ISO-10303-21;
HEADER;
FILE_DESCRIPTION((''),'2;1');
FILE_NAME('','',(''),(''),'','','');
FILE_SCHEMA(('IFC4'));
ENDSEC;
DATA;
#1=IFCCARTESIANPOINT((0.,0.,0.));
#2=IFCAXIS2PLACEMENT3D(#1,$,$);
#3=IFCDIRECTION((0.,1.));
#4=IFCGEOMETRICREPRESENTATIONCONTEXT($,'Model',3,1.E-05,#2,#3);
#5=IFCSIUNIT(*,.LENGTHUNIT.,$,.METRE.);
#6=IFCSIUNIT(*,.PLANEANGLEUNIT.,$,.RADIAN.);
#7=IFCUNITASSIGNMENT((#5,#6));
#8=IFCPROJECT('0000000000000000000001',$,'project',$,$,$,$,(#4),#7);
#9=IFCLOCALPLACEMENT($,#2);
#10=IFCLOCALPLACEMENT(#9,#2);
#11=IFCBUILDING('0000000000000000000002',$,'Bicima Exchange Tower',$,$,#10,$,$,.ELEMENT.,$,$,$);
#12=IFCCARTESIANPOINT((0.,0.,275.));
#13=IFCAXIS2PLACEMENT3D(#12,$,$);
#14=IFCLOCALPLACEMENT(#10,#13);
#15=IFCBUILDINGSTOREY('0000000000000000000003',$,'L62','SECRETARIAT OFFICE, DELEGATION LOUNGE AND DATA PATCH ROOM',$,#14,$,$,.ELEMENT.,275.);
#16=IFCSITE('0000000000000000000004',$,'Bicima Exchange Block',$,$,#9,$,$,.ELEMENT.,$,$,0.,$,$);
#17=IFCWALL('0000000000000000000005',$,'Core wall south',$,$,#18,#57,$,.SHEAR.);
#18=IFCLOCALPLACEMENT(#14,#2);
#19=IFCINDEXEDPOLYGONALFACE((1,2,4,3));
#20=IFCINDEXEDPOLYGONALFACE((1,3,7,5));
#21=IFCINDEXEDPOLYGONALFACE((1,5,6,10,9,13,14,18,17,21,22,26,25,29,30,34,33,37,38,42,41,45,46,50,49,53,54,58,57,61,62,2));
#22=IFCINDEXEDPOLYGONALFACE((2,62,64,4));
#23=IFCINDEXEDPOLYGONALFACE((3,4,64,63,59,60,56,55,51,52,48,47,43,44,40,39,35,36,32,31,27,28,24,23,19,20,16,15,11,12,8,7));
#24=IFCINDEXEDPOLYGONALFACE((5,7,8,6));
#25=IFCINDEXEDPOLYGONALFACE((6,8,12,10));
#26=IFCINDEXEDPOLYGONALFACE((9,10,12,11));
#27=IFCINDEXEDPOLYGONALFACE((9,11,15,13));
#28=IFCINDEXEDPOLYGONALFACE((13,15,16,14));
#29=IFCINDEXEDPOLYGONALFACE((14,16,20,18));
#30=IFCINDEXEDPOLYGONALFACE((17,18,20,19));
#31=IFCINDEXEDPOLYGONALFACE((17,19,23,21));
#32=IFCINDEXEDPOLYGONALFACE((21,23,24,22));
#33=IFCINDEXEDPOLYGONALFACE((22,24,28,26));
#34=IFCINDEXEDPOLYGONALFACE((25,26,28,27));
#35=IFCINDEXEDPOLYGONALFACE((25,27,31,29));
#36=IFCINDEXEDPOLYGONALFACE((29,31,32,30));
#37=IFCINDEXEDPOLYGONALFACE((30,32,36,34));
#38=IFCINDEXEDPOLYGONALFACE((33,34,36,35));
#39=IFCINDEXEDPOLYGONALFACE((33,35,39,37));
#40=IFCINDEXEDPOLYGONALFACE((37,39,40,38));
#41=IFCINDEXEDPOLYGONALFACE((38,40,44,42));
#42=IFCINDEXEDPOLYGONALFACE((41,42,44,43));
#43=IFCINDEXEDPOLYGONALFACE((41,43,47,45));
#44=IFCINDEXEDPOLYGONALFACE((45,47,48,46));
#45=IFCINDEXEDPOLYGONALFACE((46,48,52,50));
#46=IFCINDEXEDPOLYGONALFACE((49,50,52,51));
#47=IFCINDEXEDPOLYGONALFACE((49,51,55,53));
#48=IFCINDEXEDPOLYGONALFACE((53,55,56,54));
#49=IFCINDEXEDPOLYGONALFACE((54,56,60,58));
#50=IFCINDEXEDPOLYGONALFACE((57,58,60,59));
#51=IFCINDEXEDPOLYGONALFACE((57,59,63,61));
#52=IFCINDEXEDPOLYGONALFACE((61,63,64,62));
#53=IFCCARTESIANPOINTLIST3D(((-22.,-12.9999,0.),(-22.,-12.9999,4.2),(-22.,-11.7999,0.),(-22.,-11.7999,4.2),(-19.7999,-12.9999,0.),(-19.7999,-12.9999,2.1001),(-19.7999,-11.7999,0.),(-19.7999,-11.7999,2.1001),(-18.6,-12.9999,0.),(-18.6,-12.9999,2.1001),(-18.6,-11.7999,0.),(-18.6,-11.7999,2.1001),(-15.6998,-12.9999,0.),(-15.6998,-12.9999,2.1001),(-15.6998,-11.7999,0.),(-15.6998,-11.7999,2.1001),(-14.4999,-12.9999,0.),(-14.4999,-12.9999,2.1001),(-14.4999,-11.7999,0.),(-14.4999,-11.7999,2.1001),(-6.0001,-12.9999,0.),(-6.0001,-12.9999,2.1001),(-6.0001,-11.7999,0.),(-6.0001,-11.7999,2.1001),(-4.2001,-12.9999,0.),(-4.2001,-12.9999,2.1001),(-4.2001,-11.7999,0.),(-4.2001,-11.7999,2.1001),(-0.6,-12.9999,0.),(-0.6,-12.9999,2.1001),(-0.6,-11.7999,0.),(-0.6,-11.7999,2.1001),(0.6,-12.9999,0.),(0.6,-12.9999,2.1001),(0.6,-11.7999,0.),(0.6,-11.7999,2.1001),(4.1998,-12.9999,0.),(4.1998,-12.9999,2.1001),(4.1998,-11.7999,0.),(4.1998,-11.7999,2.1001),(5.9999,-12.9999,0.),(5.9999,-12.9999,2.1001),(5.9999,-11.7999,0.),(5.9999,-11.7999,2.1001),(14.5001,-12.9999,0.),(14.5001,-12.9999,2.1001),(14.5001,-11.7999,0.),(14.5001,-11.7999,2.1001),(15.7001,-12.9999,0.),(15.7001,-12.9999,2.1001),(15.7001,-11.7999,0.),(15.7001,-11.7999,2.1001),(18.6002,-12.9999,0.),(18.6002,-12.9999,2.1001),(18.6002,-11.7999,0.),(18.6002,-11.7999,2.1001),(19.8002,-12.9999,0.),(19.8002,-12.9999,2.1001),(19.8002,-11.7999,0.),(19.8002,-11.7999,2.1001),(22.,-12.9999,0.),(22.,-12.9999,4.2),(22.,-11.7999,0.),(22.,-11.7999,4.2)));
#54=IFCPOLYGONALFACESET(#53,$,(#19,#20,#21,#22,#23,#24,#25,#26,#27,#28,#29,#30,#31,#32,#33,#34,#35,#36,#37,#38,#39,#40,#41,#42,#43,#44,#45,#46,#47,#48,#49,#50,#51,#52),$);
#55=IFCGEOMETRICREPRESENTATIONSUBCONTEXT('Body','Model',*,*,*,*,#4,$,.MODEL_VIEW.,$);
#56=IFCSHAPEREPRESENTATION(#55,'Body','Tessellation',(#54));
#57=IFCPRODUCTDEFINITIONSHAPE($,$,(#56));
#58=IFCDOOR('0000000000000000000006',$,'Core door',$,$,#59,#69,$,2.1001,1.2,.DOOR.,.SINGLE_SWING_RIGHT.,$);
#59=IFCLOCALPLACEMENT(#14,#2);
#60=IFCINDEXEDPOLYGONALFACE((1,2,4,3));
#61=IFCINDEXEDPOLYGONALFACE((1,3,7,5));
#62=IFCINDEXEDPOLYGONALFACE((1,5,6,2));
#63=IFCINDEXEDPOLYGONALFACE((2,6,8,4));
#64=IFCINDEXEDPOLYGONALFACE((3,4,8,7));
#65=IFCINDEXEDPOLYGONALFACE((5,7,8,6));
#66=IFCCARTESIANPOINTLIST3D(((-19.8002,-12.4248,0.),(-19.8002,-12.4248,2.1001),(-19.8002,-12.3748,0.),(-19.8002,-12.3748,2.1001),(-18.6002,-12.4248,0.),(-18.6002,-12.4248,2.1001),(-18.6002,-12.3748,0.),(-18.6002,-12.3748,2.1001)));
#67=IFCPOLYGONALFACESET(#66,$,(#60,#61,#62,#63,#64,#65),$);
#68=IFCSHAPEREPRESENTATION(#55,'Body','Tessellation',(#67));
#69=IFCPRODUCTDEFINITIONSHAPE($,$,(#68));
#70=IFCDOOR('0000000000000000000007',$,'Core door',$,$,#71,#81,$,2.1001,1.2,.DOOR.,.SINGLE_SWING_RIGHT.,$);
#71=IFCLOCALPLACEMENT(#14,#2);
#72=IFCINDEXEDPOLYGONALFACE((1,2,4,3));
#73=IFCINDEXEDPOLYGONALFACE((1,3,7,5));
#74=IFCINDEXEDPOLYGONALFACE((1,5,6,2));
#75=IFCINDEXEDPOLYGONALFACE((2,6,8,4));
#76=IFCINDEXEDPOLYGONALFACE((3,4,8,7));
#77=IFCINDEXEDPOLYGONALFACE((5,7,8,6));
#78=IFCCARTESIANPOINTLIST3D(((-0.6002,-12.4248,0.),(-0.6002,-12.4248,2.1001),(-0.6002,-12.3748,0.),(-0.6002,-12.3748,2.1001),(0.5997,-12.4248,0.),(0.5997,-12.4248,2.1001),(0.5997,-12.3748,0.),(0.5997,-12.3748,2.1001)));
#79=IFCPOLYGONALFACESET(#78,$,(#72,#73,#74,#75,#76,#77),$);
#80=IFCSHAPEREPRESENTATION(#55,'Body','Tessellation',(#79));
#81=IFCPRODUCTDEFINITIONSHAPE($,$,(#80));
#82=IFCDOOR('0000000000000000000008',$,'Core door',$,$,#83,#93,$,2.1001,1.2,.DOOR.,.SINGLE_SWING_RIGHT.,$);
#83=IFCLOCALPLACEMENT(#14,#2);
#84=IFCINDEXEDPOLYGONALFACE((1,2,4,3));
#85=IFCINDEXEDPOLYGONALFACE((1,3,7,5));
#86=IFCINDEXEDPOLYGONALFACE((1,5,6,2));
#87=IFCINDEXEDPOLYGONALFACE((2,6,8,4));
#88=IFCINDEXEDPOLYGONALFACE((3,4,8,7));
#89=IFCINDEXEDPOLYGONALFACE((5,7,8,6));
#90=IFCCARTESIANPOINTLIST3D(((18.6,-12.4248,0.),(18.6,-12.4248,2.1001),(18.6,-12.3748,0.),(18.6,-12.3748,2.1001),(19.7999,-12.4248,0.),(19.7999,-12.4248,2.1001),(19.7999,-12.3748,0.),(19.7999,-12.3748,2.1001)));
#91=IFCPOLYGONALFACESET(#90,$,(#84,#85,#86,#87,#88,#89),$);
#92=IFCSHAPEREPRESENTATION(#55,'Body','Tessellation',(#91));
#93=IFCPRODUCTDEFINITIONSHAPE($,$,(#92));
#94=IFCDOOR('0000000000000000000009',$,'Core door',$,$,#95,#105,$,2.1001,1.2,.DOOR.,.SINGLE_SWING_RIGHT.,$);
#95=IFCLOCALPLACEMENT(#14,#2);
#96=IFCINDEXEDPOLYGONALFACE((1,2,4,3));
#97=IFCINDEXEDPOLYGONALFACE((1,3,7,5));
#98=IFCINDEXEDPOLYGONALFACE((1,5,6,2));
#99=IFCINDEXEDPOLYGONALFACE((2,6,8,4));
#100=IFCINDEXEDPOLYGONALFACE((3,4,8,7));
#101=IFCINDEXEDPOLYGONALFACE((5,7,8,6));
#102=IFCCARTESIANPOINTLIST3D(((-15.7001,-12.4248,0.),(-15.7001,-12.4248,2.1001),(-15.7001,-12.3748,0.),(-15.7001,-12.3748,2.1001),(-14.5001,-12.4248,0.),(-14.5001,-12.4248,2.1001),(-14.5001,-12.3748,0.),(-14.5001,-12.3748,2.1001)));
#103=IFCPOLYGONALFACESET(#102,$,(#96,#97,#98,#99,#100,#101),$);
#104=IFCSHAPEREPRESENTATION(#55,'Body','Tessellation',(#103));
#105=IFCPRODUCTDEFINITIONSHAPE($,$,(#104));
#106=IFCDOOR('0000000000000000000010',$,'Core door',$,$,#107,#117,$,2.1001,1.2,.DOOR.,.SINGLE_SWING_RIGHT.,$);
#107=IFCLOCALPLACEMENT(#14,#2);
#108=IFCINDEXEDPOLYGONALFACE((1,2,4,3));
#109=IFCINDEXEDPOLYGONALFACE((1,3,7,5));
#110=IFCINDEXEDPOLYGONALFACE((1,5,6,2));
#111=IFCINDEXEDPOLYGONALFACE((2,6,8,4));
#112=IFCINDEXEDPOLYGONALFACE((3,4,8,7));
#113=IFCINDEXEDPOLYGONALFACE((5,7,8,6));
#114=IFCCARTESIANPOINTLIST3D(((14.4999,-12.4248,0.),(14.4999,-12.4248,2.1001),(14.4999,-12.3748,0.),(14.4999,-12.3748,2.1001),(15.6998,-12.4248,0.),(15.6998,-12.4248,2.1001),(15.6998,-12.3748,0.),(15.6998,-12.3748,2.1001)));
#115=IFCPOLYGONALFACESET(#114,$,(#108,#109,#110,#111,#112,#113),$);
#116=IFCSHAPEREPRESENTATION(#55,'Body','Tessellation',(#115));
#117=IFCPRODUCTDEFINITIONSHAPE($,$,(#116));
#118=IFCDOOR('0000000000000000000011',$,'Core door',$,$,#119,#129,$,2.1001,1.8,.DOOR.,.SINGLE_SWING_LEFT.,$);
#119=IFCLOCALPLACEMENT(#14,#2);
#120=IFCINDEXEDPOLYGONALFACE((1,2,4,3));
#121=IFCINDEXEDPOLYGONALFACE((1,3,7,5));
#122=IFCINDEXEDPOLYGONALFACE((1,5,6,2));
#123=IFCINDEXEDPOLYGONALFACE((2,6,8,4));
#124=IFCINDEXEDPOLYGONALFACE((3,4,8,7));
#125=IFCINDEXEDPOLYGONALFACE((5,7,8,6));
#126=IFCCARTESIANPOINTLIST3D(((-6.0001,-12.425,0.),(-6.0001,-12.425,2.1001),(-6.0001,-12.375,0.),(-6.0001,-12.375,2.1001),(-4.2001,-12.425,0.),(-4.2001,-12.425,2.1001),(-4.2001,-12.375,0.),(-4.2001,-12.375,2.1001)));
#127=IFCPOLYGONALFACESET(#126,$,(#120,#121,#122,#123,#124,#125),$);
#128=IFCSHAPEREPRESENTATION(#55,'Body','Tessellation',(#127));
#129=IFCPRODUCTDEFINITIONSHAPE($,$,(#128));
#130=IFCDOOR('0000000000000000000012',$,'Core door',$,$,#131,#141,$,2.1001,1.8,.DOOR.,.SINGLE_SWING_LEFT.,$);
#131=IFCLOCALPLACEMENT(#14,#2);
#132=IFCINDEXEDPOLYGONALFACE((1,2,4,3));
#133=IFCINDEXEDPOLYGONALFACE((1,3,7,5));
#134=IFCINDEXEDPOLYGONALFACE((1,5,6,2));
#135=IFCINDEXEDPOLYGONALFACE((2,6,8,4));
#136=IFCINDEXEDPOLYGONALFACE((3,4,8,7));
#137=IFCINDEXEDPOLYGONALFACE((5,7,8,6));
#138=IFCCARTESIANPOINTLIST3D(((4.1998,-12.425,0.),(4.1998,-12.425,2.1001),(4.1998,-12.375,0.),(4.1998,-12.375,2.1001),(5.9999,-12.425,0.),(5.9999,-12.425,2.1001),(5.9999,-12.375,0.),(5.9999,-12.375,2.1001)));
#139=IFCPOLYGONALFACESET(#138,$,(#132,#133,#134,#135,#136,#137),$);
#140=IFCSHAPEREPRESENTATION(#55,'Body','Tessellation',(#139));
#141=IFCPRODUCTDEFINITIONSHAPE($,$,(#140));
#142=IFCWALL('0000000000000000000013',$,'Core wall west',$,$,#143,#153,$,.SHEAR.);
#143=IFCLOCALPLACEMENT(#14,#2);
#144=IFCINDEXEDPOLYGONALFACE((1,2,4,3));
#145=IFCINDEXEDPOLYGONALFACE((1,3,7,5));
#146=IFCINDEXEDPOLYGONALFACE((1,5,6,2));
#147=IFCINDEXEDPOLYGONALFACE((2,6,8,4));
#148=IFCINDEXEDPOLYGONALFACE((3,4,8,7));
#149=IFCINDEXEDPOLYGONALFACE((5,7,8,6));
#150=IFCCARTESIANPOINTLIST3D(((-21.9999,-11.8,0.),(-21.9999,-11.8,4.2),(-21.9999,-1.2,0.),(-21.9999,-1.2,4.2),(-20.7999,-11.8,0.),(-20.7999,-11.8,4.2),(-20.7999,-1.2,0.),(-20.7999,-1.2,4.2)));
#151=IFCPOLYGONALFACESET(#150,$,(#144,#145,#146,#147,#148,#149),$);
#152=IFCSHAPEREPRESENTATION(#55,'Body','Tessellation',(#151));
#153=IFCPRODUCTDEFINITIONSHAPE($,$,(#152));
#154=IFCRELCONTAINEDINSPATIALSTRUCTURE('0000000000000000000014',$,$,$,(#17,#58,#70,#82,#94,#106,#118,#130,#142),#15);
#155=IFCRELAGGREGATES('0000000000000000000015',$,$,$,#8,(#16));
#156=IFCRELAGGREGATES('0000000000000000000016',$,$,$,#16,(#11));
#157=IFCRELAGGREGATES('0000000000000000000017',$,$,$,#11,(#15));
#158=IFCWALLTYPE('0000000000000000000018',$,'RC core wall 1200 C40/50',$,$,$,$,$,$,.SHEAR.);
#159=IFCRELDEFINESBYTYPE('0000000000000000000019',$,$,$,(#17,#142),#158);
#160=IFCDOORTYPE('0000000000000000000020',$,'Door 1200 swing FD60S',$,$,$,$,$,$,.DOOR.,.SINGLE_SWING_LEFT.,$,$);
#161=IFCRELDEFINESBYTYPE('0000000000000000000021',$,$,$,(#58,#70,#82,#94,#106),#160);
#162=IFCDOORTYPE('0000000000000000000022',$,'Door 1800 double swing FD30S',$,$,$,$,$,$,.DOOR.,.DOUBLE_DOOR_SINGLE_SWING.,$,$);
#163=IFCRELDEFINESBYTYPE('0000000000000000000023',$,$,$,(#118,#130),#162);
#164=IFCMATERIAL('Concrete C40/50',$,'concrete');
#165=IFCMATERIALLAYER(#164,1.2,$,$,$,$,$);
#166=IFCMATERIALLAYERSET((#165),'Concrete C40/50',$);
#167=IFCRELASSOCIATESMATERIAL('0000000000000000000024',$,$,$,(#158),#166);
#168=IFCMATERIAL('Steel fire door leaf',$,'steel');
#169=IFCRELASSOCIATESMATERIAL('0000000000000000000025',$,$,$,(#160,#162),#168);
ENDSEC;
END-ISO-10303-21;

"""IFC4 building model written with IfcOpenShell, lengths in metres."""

from ifc_helpers import new_model, si_unit, direction, frame, frame_2d, origin, place, context, subcontext, project, spatial, rectangle, extrude, material, layer, layer_set, type_object, element, fill, save


model = new_model("IFC4")

# Units and contexts
model_context = context("Model", 3, precision=1e-05, world=origin(), true_north=direction((0.0, 1.0)))
body_context = subcontext(model_context, "Body", "Model", "MODEL_VIEW")
ifc_project = project(units=[si_unit("LENGTHUNIT", "METRE"), si_unit("PLANEANGLEUNIT", "RADIAN")], contexts=[model_context])

# Site, building, storey
site_placement = place(None, origin())
site = spatial("IfcSite", under=ifc_project, at=site_placement, Name="Bicima Exchange Block", CompositionType="ELEMENT", RefElevation=0.0)
building_placement = place(site_placement, origin())
building = spatial("IfcBuilding", under=site, at=building_placement, Name="Bicima Exchange Tower", CompositionType="ELEMENT")
storey_placement = place(building_placement, frame((0.0, 0.0, 275.0)))
storey = spatial("IfcBuildingStorey", under=building, at=storey_placement, Name="L62", Description="SECRETARIAT OFFICE, DELEGATION LOUNGE AND DATA PATCH ROOM", CompositionType="ELEMENT", Elevation=275.0)

# Wall, openings, doors
ifc_material_1 = material(Name="Concrete C40/50", Category="concrete")
ifc_layer_1 = layer(ifc_material_1, 1.2)
ifc_layer_set_1 = layer_set([ifc_layer_1], Name="Concrete C40/50")
wall_type_1 = type_object("IfcWallType", Name="RC core wall 1200 C40/50", PredefinedType="SHEAR", material=ifc_layer_set_1)
wall_1_placement = place(storey_placement, frame((-22.0, -12.3999, 0.0), z_axis=(0.0, 0.0, 1.0), x_axis=(1.0, 0.0, 0.0)))
wall_1 = element("IfcWall", 1, at=wall_1_placement, inside=storey, type_object=wall_type_1, Name="Core wall south", PredefinedType="SHEAR", context=body_context, shape_type="SweptSolid", body=[
    extrude(rectangle(XDim=44.0, YDim=1.2, at=frame_2d((22.0, 0.0))), origin(), (0.0, 0.0, 1.0), 4.2),
])
opening_1_placement = place(wall_1_placement, frame((2.2, 0.0, 0.0)))
opening_1 = element("IfcOpeningElement", 2, at=opening_1_placement, cuts=wall_1, PredefinedType="OPENING", context=body_context, shape_type="SweptSolid", body=[
    extrude(rectangle(XDim=1.2, YDim=2.1001, at=frame_2d((0.6001, 1.05))), frame((0.0, 0.6118, 0.0), z_axis=(0.0, -1.0, 0.0), x_axis=(1.0, 0.0, 0.0)), (0.0, 0.0, 1.0), 1.2239),
])
opening_2_placement = place(wall_1_placement, frame((21.3999, 0.0, 0.0)))
opening_2 = element("IfcOpeningElement", 3, at=opening_2_placement, cuts=wall_1, PredefinedType="OPENING", context=body_context, shape_type="SweptSolid", body=[
    extrude(rectangle(XDim=1.2, YDim=2.1001, at=frame_2d((0.6001, 1.05))), frame((0.0, 0.6118, 0.0), z_axis=(0.0, -1.0, 0.0), x_axis=(1.0, 0.0, 0.0)), (0.0, 0.0, 1.0), 1.2239),
])
opening_3_placement = place(wall_1_placement, frame((40.6001, 0.0, 0.0)))
opening_3 = element("IfcOpeningElement", 4, at=opening_3_placement, cuts=wall_1, PredefinedType="OPENING", context=body_context, shape_type="SweptSolid", body=[
    extrude(rectangle(XDim=1.2, YDim=2.1001, at=frame_2d((0.6001, 1.05))), frame((0.0, 0.6118, 0.0), z_axis=(0.0, -1.0, 0.0), x_axis=(1.0, 0.0, 0.0)), (0.0, 0.0, 1.0), 1.2239),
])
opening_4_placement = place(wall_1_placement, frame((16.0, 0.0, 0.0)))
opening_4 = element("IfcOpeningElement", 5, at=opening_4_placement, cuts=wall_1, PredefinedType="OPENING", context=body_context, shape_type="SweptSolid", body=[
    extrude(rectangle(XDim=1.8, YDim=2.1001, at=frame_2d((0.8999, 1.05))), frame((0.0, 0.6118, 0.0), z_axis=(0.0, -1.0, 0.0), x_axis=(1.0, 0.0, 0.0)), (0.0, 0.0, 1.0), 1.2239),
])
opening_5_placement = place(wall_1_placement, frame((6.3, 0.0, 0.0)))
opening_5 = element("IfcOpeningElement", 6, at=opening_5_placement, cuts=wall_1, PredefinedType="OPENING", context=body_context, shape_type="SweptSolid", body=[
    extrude(rectangle(XDim=1.2, YDim=2.1001, at=frame_2d((0.6001, 1.05))), frame((0.0, 0.6118, 0.0), z_axis=(0.0, -1.0, 0.0), x_axis=(1.0, 0.0, 0.0)), (0.0, 0.0, 1.0), 1.2239),
])
opening_6_placement = place(wall_1_placement, frame((26.2, 0.0, 0.0)))
opening_6 = element("IfcOpeningElement", 7, at=opening_6_placement, cuts=wall_1, PredefinedType="OPENING", context=body_context, shape_type="SweptSolid", body=[
    extrude(rectangle(XDim=1.8, YDim=2.1001, at=frame_2d((0.8999, 1.05))), frame((0.0, 0.6118, 0.0), z_axis=(0.0, -1.0, 0.0), x_axis=(1.0, 0.0, 0.0)), (0.0, 0.0, 1.0), 1.2239),
])
opening_7_placement = place(wall_1_placement, frame((36.5, 0.0, 0.0)))
opening_7 = element("IfcOpeningElement", 8, at=opening_7_placement, cuts=wall_1, PredefinedType="OPENING", context=body_context, shape_type="SweptSolid", body=[
    extrude(rectangle(XDim=1.2, YDim=2.1001, at=frame_2d((0.6001, 1.05))), frame((0.0, 0.6118, 0.0), z_axis=(0.0, -1.0, 0.0), x_axis=(1.0, 0.0, 0.0)), (0.0, 0.0, 1.0), 1.2239),
])
ifc_material_2 = material(Name="Steel fire door leaf", Category="steel")
door_type_1 = type_object("IfcDoorType", Name="Door 1200 swing FD60S", OperationType="SINGLE_SWING_LEFT", PredefinedType="DOOR", material=ifc_material_2)
door_1_placement = place(opening_1_placement, frame((1.2, 0.0, 0.0), z_axis=(0.0, 0.0, 1.0), x_axis=(-1.0, 0.0, 0.0)))
door_1 = element("IfcDoor", 9, at=door_1_placement, inside=storey, type_object=door_type_1, Name="Core door", OperationType="SINGLE_SWING_RIGHT", OverallHeight=2.1001, OverallWidth=1.2, PredefinedType="DOOR", context=body_context, shape_type="SweptSolid", body=[
    extrude(rectangle(XDim=1.2, YDim=2.1001, at=frame_2d((0.6001, 1.05))), frame((0.0, 0.0249, 0.0), z_axis=(0.0, -1.0, 0.0), x_axis=(1.0, 0.0, 0.0)), (0.0, 0.0, 1.0), 0.05),
])
fill(opening_1, door_1)
door_2_placement = place(opening_2_placement, frame((1.2, 0.0, 0.0), z_axis=(0.0, 0.0, 1.0), x_axis=(-1.0, 0.0, 0.0)))
door_2 = element("IfcDoor", 10, at=door_2_placement, inside=storey, type_object=door_type_1, Name="Core door", OperationType="SINGLE_SWING_RIGHT", OverallHeight=2.1001, OverallWidth=1.2, PredefinedType="DOOR", context=body_context, shape_type="SweptSolid", body=[
    extrude(rectangle(XDim=1.2, YDim=2.1001, at=frame_2d((0.6001, 1.05))), frame((0.0, 0.0249, 0.0), z_axis=(0.0, -1.0, 0.0), x_axis=(1.0, 0.0, 0.0)), (0.0, 0.0, 1.0), 0.05),
])
fill(opening_2, door_2)
door_3_placement = place(opening_3_placement, frame((1.2, 0.0, 0.0), z_axis=(0.0, 0.0, 1.0), x_axis=(-1.0, 0.0, 0.0)))
door_3 = element("IfcDoor", 11, at=door_3_placement, inside=storey, type_object=door_type_1, Name="Core door", OperationType="SINGLE_SWING_RIGHT", OverallHeight=2.1001, OverallWidth=1.2, PredefinedType="DOOR", context=body_context, shape_type="SweptSolid", body=[
    extrude(rectangle(XDim=1.2, YDim=2.1001, at=frame_2d((0.6001, 1.05))), frame((0.0, 0.0249, 0.0), z_axis=(0.0, -1.0, 0.0), x_axis=(1.0, 0.0, 0.0)), (0.0, 0.0, 1.0), 0.05),
])
fill(opening_3, door_3)
door_4_placement = place(opening_5_placement, frame((1.2, 0.0, 0.0), z_axis=(0.0, 0.0, 1.0), x_axis=(-1.0, 0.0, 0.0)))
door_4 = element("IfcDoor", 12, at=door_4_placement, inside=storey, type_object=door_type_1, Name="Core door", OperationType="SINGLE_SWING_RIGHT", OverallHeight=2.1001, OverallWidth=1.2, PredefinedType="DOOR", context=body_context, shape_type="SweptSolid", body=[
    extrude(rectangle(XDim=1.2, YDim=2.1001, at=frame_2d((0.6001, 1.05))), frame((0.0, 0.0249, 0.0), z_axis=(0.0, -1.0, 0.0), x_axis=(1.0, 0.0, 0.0)), (0.0, 0.0, 1.0), 0.05),
])
fill(opening_5, door_4)
door_5_placement = place(opening_7_placement, frame((1.2, 0.0, 0.0), z_axis=(0.0, 0.0, 1.0), x_axis=(-1.0, 0.0, 0.0)))
door_5 = element("IfcDoor", 13, at=door_5_placement, inside=storey, type_object=door_type_1, Name="Core door", OperationType="SINGLE_SWING_RIGHT", OverallHeight=2.1001, OverallWidth=1.2, PredefinedType="DOOR", context=body_context, shape_type="SweptSolid", body=[
    extrude(rectangle(XDim=1.2, YDim=2.1001, at=frame_2d((0.6001, 1.05))), frame((0.0, 0.0249, 0.0), z_axis=(0.0, -1.0, 0.0), x_axis=(1.0, 0.0, 0.0)), (0.0, 0.0, 1.0), 0.05),
])
fill(opening_7, door_5)
door_type_2 = type_object("IfcDoorType", Name="Door 1800 double swing FD30S", OperationType="DOUBLE_DOOR_SINGLE_SWING", PredefinedType="DOOR", material=ifc_material_2)
door_6_placement = place(opening_4_placement, origin())
door_6 = element("IfcDoor", 14, at=door_6_placement, inside=storey, type_object=door_type_2, Name="Core door", OperationType="SINGLE_SWING_LEFT", OverallHeight=2.1001, OverallWidth=1.8, PredefinedType="DOOR", context=body_context, shape_type="SweptSolid", body=[
    extrude(rectangle(XDim=1.8, YDim=2.1001, at=frame_2d((0.8999, 1.05))), frame((0.0, 0.0249, 0.0), z_axis=(0.0, -1.0, 0.0), x_axis=(1.0, 0.0, 0.0)), (0.0, 0.0, 1.0), 0.05),
])
fill(opening_4, door_6)
door_7_placement = place(opening_6_placement, origin())
door_7 = element("IfcDoor", 15, at=door_7_placement, inside=storey, type_object=door_type_2, Name="Core door", OperationType="SINGLE_SWING_LEFT", OverallHeight=2.1001, OverallWidth=1.8, PredefinedType="DOOR", context=body_context, shape_type="SweptSolid", body=[
    extrude(rectangle(XDim=1.8, YDim=2.1001, at=frame_2d((0.8999, 1.05))), frame((0.0, 0.0249, 0.0), z_axis=(0.0, -1.0, 0.0), x_axis=(1.0, 0.0, 0.0)), (0.0, 0.0, 1.0), 0.05),
])
fill(opening_6, door_7)

# Wall
wall_2_placement = place(storey_placement, frame((-21.3999, -11.8, 0.0), z_axis=(0.0, 0.0, 1.0), x_axis=(0.0, 1.0, 0.0)))
element("IfcWall", 16, at=wall_2_placement, inside=storey, type_object=wall_type_1, Name="Core wall west", PredefinedType="SHEAR", context=body_context, shape_type="SweptSolid", body=[
    extrude(rectangle(XDim=10.6001, YDim=1.2, at=frame_2d((5.3, 0.0))), origin(), (0.0, 0.0, 1.0), 4.2),
])

save(model, "model.ifc")
